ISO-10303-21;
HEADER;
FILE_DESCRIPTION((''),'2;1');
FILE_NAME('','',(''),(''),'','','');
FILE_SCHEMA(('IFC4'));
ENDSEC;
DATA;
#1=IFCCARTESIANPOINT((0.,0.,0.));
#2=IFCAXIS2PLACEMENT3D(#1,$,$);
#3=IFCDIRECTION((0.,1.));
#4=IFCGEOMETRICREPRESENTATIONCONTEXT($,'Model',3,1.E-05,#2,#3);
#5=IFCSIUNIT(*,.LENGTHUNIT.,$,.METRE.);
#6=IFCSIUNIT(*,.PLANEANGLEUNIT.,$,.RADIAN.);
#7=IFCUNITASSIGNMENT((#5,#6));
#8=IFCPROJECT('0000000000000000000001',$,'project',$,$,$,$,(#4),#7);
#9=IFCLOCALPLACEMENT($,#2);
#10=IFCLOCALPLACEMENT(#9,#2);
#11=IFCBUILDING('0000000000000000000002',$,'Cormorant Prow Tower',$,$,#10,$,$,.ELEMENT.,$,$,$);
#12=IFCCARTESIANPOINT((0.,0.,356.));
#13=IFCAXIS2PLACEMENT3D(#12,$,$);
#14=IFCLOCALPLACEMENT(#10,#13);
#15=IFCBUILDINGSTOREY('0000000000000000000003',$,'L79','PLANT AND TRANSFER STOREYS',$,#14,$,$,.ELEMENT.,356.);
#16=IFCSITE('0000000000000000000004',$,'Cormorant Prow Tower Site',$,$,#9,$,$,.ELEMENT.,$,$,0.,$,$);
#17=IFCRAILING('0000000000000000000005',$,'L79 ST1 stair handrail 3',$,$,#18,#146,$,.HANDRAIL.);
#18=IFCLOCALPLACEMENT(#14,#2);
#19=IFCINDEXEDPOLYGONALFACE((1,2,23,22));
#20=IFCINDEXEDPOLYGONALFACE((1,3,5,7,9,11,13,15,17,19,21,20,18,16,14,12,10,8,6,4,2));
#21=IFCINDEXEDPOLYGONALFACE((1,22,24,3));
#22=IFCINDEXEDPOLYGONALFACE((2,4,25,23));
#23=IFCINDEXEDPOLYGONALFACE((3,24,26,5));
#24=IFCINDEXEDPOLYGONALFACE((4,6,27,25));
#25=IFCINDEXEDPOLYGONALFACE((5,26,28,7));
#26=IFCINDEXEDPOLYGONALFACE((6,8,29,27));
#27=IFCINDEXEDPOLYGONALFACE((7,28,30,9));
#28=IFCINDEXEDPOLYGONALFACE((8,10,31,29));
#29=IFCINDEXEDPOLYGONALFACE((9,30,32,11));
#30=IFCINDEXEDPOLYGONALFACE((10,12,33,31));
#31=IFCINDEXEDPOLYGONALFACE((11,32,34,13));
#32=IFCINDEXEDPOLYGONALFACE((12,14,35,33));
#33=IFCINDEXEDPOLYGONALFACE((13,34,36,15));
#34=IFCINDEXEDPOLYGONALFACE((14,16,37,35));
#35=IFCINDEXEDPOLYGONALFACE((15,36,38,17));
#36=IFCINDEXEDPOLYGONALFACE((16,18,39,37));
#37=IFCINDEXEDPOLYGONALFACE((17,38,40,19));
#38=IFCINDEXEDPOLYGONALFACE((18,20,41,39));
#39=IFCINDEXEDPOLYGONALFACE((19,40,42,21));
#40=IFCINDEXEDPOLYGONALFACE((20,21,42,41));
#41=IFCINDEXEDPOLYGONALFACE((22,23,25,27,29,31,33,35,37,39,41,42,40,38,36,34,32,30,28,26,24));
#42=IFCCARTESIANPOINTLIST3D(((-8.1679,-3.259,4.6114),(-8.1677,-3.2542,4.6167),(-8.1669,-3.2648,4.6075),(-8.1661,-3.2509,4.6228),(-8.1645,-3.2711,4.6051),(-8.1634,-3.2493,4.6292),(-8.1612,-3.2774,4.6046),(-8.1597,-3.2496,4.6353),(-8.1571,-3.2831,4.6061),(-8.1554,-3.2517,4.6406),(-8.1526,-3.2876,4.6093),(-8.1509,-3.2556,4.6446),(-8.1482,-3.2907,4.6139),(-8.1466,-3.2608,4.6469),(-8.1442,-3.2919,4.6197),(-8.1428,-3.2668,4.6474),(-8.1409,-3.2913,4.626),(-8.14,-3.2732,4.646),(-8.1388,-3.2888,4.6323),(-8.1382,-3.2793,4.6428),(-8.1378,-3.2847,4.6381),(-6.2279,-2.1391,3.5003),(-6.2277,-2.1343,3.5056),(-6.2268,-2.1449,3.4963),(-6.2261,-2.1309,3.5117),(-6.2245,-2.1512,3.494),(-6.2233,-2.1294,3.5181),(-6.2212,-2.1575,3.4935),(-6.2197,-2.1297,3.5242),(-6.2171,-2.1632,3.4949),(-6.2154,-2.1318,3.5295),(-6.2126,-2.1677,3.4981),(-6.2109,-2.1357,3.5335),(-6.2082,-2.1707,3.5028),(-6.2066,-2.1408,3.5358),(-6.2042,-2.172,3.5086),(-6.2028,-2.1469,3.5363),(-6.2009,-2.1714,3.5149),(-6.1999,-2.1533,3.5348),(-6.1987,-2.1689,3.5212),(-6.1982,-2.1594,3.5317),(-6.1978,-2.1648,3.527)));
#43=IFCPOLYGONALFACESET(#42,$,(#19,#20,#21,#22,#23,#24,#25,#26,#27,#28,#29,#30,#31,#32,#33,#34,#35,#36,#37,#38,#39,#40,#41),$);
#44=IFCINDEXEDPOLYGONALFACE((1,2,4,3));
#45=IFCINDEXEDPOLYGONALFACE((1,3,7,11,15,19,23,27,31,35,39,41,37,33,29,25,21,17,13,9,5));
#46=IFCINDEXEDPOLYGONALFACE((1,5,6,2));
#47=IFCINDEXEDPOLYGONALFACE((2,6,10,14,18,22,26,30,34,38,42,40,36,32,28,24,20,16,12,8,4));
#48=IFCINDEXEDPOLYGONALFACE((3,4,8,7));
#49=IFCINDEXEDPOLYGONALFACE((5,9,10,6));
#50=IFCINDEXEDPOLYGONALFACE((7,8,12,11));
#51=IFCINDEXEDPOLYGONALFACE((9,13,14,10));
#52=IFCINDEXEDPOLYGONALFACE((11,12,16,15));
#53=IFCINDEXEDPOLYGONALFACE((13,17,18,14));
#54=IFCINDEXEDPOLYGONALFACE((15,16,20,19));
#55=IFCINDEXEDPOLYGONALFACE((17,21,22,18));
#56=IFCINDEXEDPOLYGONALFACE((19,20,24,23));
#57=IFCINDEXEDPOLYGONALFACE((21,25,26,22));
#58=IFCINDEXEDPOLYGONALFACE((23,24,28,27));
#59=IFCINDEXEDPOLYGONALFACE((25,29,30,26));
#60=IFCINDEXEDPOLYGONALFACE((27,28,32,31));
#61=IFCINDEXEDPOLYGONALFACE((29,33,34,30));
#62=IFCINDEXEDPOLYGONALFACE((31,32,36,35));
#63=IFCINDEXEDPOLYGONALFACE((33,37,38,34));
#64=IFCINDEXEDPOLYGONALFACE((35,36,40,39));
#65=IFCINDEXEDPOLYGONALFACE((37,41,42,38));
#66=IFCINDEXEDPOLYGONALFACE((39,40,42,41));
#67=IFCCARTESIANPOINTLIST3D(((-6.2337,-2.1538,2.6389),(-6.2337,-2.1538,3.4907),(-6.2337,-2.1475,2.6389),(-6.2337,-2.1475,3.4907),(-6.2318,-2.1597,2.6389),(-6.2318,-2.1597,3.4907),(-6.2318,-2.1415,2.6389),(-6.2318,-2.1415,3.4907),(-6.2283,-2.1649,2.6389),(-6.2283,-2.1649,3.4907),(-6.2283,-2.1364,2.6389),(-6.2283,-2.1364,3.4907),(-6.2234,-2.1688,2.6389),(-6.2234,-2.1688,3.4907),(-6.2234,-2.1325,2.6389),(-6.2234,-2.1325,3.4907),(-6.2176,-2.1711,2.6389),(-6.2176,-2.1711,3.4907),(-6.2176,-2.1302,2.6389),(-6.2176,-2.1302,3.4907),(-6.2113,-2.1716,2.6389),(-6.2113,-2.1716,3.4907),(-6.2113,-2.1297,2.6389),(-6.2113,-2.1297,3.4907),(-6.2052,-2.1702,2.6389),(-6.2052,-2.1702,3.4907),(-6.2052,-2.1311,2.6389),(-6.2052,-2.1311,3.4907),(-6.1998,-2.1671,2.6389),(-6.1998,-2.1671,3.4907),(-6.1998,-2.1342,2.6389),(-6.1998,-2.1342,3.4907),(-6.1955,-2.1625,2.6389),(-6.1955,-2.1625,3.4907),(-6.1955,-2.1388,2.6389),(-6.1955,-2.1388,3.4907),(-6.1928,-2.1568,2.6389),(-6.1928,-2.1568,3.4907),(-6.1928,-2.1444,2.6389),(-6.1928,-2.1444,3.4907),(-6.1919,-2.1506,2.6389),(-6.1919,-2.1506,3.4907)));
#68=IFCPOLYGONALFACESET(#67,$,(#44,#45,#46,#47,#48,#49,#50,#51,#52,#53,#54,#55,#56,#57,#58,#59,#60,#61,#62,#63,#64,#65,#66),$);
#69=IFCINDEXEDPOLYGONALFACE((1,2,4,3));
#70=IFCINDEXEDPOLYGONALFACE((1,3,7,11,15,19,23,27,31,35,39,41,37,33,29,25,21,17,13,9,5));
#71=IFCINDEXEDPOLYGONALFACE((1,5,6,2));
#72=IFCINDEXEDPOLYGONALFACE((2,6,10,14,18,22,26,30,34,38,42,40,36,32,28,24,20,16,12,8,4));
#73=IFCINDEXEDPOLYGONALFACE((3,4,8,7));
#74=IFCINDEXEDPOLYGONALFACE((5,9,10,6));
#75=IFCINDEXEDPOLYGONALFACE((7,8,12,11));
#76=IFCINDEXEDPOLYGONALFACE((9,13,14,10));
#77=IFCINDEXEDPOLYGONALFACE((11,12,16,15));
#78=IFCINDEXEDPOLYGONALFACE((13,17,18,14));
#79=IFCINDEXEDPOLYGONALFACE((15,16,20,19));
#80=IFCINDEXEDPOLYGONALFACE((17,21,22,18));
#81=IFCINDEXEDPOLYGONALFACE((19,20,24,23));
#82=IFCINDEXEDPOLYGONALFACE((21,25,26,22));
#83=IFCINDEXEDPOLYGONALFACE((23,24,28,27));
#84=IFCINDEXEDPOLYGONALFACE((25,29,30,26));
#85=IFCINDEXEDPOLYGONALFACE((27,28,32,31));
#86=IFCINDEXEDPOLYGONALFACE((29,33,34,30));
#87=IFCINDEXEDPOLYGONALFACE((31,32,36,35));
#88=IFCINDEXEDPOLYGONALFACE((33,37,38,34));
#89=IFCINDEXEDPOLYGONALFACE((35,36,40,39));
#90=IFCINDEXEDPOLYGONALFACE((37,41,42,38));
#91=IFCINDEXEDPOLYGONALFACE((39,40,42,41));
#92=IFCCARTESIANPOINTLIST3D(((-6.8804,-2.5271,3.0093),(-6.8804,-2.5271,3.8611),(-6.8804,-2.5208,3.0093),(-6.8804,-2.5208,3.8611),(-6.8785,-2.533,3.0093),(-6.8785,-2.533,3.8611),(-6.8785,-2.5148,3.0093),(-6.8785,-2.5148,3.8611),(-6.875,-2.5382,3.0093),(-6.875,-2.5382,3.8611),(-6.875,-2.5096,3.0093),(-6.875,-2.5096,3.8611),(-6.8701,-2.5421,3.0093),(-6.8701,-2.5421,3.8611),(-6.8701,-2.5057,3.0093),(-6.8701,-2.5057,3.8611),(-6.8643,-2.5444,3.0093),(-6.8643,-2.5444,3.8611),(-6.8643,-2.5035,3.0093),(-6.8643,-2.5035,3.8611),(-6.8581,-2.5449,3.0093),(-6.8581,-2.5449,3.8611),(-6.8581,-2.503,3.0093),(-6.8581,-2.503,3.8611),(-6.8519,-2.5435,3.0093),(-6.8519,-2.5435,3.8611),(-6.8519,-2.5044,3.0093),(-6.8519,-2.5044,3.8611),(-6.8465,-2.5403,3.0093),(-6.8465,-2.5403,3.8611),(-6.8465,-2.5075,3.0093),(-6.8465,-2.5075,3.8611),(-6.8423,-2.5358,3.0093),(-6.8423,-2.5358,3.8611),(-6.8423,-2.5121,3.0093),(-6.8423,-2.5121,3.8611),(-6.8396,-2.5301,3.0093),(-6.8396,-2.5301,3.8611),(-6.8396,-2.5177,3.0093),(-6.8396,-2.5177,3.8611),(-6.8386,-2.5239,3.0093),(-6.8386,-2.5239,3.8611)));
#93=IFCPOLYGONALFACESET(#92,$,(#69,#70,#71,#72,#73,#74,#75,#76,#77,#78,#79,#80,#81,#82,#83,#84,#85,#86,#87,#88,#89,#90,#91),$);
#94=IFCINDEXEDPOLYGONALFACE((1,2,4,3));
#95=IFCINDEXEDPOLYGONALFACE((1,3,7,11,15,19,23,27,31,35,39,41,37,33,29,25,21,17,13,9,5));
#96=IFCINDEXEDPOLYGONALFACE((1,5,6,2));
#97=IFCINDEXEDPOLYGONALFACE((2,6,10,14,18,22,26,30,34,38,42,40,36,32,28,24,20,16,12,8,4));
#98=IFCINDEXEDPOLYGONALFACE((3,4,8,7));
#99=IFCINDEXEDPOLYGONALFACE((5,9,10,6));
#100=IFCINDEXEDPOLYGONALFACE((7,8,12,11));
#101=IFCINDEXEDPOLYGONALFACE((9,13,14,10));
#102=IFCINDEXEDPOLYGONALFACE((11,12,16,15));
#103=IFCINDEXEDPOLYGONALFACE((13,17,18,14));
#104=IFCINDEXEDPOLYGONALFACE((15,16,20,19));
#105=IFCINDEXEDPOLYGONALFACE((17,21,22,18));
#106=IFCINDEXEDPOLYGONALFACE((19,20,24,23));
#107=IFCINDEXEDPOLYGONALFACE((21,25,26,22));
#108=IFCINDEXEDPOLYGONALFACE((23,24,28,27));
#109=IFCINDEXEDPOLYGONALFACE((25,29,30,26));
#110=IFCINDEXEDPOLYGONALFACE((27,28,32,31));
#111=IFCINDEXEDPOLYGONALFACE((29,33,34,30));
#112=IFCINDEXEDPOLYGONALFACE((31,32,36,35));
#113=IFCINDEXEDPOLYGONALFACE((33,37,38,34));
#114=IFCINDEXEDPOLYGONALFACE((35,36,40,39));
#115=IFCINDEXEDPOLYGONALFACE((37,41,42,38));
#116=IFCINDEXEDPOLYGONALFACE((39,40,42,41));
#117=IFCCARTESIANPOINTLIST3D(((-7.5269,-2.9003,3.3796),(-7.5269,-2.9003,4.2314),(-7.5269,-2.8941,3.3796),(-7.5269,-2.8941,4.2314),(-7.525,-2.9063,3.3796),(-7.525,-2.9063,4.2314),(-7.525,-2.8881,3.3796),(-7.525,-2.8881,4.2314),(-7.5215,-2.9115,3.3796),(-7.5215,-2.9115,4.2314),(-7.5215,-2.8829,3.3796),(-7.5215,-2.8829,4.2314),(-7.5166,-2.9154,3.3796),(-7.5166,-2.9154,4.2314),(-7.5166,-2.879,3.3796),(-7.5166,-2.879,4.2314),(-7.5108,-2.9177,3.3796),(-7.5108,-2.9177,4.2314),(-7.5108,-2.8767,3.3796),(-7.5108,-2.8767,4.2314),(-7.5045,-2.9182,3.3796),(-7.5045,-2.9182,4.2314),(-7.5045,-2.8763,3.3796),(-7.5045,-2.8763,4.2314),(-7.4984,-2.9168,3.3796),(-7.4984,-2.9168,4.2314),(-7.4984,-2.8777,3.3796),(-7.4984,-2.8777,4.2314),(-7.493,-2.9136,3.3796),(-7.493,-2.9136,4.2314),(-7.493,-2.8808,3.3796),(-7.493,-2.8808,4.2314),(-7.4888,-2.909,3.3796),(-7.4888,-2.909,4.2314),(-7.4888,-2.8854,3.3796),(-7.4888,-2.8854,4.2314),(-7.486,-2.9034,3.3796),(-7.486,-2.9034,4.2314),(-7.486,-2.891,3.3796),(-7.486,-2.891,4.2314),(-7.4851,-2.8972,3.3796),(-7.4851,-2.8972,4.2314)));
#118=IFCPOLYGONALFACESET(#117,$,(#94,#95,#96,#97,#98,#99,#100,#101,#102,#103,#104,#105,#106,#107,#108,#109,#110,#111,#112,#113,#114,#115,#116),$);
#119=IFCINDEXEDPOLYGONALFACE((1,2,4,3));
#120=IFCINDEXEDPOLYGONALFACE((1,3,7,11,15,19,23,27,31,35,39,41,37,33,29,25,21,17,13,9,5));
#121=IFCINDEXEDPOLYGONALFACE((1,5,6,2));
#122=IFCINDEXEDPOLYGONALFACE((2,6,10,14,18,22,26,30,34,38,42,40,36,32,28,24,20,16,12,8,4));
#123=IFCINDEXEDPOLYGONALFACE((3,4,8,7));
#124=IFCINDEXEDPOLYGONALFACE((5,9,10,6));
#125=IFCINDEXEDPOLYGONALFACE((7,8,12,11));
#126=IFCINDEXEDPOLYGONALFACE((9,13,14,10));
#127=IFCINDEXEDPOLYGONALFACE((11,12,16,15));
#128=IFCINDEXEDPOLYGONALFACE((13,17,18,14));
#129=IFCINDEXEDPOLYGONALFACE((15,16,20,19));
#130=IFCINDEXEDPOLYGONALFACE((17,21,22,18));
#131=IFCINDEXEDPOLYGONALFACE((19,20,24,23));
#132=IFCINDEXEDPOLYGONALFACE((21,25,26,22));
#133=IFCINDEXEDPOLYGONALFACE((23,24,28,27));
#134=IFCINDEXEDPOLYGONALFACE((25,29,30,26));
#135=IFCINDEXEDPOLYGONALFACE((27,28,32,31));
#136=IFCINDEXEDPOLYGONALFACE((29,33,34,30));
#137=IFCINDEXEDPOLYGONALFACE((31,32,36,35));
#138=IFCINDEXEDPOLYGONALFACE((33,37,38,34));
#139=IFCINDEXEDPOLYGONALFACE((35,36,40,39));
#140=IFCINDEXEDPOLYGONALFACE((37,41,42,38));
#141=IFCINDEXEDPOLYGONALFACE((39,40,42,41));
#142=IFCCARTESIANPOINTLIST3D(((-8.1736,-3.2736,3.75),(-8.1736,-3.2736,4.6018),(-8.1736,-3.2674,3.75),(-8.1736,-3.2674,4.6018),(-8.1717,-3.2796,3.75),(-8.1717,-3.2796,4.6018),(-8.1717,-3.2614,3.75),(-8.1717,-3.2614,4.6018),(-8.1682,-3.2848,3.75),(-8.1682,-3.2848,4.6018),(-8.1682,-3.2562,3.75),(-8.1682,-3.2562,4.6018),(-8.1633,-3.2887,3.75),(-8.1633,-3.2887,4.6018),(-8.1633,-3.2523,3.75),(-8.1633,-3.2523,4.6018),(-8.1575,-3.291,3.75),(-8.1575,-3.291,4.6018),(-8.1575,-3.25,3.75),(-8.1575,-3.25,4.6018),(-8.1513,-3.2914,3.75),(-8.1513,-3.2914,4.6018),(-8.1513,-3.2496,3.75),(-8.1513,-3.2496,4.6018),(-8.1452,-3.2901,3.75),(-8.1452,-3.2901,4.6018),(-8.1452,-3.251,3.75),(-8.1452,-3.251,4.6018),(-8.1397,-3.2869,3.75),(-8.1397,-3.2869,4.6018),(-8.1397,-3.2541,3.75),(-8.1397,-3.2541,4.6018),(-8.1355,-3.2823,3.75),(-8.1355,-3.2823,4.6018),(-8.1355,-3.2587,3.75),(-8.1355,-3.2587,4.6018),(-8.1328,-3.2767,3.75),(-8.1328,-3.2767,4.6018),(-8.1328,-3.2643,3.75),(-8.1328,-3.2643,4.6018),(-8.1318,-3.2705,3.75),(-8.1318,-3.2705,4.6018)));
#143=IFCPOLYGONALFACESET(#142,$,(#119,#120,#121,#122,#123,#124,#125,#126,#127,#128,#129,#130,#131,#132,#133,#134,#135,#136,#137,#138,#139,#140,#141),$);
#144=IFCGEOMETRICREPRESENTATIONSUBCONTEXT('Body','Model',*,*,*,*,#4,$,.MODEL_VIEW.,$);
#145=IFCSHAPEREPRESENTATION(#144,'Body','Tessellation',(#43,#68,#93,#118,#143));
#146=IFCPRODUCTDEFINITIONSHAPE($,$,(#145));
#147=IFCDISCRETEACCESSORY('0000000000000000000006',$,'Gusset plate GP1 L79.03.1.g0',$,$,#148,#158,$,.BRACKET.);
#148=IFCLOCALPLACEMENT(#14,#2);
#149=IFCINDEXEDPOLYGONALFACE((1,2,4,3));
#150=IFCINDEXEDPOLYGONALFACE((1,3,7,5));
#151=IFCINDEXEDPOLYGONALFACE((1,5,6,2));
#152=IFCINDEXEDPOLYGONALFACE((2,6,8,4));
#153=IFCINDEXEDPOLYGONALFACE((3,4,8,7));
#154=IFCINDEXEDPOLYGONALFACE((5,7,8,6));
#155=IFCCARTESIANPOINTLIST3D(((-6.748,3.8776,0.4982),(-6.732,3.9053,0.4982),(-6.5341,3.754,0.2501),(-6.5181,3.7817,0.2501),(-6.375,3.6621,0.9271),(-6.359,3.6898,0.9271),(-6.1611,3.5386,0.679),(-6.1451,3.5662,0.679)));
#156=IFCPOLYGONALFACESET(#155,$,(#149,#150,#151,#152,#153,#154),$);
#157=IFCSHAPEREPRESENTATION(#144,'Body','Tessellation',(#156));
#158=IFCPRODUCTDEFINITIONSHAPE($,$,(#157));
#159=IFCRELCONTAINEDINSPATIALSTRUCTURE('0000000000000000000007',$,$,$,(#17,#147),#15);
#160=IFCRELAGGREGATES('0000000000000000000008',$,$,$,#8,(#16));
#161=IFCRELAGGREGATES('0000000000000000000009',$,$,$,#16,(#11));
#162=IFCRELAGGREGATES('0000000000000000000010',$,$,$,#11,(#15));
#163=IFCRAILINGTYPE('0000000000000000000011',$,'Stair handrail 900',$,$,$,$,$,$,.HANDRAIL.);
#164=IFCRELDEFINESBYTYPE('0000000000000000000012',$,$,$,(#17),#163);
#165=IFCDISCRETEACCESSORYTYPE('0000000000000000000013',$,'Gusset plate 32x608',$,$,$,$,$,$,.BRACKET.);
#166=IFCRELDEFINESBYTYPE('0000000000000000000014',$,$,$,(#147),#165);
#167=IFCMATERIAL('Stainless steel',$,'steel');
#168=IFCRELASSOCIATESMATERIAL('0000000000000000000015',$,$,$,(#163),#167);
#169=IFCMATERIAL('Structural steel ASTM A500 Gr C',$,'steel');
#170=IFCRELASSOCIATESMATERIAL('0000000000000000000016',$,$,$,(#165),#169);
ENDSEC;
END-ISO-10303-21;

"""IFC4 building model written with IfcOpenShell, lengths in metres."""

from ifc_helpers import new_model, si_unit, direction, frame, origin, origin_2d, place, context, subcontext, project, spatial, rectangle, circle, extrude, material, material_profile, profile_set, type_object, element, save


model = new_model("IFC4")

# Units and contexts
model_context = context("Model", 3, precision=1e-05, world=origin(), true_north=direction((0.0, 1.0)))
body_context = subcontext(model_context, "Body", "Model", "MODEL_VIEW")
ifc_project = project(units=[si_unit("LENGTHUNIT", "METRE"), si_unit("PLANEANGLEUNIT", "RADIAN")], contexts=[model_context])

# Site, building, storey
site_placement = place(None, origin())
site = spatial("IfcSite", under=ifc_project, at=site_placement, Name="Cormorant Prow Tower Site", CompositionType="ELEMENT", RefElevation=0.0)
building_placement = place(site_placement, origin())
building = spatial("IfcBuilding", under=site, at=building_placement, Name="Cormorant Prow Tower", CompositionType="ELEMENT")
storey_placement = place(building_placement, frame((0.0, 0.0, 356.0)))
storey = spatial("IfcBuildingStorey", under=building, at=storey_placement, Name="L79", Description="PLANT AND TRANSFER STOREYS", CompositionType="ELEMENT", Elevation=356.0)

# Railing
ifc_material_1 = material(Name="Stainless steel", Category="steel")
railing_type = type_object("IfcRailingType", Name="Stair handrail 900", PredefinedType="HANDRAIL", material=ifc_material_1)
for number, where, name in (
    (1, (-6.2129, -2.1506, 2.6389), "L79 ST1 stair handrail 3"),
):
    element("IfcRailing", number, at=place(storey_placement, frame(where)), inside=storey, type_object=railing_type, Name=name, PredefinedType="HANDRAIL", context=body_context, shape_type="SweptSolid", body=[
        extrude(circle(Radius=0.0239, at=origin_2d()), frame((0.0, 0.0, 0.876), z_axis=(-0.775853, -0.447878, 0.444363), x_axis=(0.499949, -0.866055, 0.0)), (0.0, 0.0, 1.0), 2.5005),
        extrude(circle(Radius=0.021, at=origin_2d()), origin(), (0.0, 0.0, 1.0), 0.8518),
        extrude(circle(Radius=0.021, at=origin_2d()), frame((-0.6467, -0.3733, 0.3704)), (0.0, 0.0, 1.0), 0.8518),
        extrude(circle(Radius=0.021, at=origin_2d()), frame((-1.2932, -0.7466, 0.7407)), (0.0, 0.0, 1.0), 0.8518),
        extrude(circle(Radius=0.021, at=origin_2d()), frame((-1.9399, -1.1199, 1.1111)), (0.0, 0.0, 1.0), 0.8518),
    ])

# Discrete accessory
ifc_material_2 = material(Name="Structural steel ASTM A500 Gr C", Category="steel")
ifc_material_profile_1 = material_profile(ifc_material_2, rectangle(XDim=0.032, YDim=0.6079, at=origin_2d()), Name="Gusset plate 32x608")
ifc_profile_set_1 = profile_set([ifc_material_profile_1], Name="Structural steel ASTM A500 Gr C")
discrete_accessory_type = type_object("IfcDiscreteAccessoryType", Name="Gusset plate 32x608", PredefinedType="BRACKET", material=ifc_profile_set_1)
discrete_accessory_placement = place(storey_placement, frame((-6.5535, 3.7837, 0.7126), z_axis=(0.610981, -0.352918, -0.708626), x_axis=(0.500179, 0.865922, 0.0)))
element("IfcDiscreteAccessory", 2, at=discrete_accessory_placement, inside=storey, type_object=discrete_accessory_type, Name="Gusset plate GP1 L79.03.1.g0", PredefinedType="BRACKET", context=body_context, shape_type="SweptSolid", body=[
    extrude(rectangle(XDim=0.032, YDim=0.6079, at=origin_2d()), origin(), (0.0, 0.0, 1.0), 0.3501),
])

save(model, "model.ifc")
